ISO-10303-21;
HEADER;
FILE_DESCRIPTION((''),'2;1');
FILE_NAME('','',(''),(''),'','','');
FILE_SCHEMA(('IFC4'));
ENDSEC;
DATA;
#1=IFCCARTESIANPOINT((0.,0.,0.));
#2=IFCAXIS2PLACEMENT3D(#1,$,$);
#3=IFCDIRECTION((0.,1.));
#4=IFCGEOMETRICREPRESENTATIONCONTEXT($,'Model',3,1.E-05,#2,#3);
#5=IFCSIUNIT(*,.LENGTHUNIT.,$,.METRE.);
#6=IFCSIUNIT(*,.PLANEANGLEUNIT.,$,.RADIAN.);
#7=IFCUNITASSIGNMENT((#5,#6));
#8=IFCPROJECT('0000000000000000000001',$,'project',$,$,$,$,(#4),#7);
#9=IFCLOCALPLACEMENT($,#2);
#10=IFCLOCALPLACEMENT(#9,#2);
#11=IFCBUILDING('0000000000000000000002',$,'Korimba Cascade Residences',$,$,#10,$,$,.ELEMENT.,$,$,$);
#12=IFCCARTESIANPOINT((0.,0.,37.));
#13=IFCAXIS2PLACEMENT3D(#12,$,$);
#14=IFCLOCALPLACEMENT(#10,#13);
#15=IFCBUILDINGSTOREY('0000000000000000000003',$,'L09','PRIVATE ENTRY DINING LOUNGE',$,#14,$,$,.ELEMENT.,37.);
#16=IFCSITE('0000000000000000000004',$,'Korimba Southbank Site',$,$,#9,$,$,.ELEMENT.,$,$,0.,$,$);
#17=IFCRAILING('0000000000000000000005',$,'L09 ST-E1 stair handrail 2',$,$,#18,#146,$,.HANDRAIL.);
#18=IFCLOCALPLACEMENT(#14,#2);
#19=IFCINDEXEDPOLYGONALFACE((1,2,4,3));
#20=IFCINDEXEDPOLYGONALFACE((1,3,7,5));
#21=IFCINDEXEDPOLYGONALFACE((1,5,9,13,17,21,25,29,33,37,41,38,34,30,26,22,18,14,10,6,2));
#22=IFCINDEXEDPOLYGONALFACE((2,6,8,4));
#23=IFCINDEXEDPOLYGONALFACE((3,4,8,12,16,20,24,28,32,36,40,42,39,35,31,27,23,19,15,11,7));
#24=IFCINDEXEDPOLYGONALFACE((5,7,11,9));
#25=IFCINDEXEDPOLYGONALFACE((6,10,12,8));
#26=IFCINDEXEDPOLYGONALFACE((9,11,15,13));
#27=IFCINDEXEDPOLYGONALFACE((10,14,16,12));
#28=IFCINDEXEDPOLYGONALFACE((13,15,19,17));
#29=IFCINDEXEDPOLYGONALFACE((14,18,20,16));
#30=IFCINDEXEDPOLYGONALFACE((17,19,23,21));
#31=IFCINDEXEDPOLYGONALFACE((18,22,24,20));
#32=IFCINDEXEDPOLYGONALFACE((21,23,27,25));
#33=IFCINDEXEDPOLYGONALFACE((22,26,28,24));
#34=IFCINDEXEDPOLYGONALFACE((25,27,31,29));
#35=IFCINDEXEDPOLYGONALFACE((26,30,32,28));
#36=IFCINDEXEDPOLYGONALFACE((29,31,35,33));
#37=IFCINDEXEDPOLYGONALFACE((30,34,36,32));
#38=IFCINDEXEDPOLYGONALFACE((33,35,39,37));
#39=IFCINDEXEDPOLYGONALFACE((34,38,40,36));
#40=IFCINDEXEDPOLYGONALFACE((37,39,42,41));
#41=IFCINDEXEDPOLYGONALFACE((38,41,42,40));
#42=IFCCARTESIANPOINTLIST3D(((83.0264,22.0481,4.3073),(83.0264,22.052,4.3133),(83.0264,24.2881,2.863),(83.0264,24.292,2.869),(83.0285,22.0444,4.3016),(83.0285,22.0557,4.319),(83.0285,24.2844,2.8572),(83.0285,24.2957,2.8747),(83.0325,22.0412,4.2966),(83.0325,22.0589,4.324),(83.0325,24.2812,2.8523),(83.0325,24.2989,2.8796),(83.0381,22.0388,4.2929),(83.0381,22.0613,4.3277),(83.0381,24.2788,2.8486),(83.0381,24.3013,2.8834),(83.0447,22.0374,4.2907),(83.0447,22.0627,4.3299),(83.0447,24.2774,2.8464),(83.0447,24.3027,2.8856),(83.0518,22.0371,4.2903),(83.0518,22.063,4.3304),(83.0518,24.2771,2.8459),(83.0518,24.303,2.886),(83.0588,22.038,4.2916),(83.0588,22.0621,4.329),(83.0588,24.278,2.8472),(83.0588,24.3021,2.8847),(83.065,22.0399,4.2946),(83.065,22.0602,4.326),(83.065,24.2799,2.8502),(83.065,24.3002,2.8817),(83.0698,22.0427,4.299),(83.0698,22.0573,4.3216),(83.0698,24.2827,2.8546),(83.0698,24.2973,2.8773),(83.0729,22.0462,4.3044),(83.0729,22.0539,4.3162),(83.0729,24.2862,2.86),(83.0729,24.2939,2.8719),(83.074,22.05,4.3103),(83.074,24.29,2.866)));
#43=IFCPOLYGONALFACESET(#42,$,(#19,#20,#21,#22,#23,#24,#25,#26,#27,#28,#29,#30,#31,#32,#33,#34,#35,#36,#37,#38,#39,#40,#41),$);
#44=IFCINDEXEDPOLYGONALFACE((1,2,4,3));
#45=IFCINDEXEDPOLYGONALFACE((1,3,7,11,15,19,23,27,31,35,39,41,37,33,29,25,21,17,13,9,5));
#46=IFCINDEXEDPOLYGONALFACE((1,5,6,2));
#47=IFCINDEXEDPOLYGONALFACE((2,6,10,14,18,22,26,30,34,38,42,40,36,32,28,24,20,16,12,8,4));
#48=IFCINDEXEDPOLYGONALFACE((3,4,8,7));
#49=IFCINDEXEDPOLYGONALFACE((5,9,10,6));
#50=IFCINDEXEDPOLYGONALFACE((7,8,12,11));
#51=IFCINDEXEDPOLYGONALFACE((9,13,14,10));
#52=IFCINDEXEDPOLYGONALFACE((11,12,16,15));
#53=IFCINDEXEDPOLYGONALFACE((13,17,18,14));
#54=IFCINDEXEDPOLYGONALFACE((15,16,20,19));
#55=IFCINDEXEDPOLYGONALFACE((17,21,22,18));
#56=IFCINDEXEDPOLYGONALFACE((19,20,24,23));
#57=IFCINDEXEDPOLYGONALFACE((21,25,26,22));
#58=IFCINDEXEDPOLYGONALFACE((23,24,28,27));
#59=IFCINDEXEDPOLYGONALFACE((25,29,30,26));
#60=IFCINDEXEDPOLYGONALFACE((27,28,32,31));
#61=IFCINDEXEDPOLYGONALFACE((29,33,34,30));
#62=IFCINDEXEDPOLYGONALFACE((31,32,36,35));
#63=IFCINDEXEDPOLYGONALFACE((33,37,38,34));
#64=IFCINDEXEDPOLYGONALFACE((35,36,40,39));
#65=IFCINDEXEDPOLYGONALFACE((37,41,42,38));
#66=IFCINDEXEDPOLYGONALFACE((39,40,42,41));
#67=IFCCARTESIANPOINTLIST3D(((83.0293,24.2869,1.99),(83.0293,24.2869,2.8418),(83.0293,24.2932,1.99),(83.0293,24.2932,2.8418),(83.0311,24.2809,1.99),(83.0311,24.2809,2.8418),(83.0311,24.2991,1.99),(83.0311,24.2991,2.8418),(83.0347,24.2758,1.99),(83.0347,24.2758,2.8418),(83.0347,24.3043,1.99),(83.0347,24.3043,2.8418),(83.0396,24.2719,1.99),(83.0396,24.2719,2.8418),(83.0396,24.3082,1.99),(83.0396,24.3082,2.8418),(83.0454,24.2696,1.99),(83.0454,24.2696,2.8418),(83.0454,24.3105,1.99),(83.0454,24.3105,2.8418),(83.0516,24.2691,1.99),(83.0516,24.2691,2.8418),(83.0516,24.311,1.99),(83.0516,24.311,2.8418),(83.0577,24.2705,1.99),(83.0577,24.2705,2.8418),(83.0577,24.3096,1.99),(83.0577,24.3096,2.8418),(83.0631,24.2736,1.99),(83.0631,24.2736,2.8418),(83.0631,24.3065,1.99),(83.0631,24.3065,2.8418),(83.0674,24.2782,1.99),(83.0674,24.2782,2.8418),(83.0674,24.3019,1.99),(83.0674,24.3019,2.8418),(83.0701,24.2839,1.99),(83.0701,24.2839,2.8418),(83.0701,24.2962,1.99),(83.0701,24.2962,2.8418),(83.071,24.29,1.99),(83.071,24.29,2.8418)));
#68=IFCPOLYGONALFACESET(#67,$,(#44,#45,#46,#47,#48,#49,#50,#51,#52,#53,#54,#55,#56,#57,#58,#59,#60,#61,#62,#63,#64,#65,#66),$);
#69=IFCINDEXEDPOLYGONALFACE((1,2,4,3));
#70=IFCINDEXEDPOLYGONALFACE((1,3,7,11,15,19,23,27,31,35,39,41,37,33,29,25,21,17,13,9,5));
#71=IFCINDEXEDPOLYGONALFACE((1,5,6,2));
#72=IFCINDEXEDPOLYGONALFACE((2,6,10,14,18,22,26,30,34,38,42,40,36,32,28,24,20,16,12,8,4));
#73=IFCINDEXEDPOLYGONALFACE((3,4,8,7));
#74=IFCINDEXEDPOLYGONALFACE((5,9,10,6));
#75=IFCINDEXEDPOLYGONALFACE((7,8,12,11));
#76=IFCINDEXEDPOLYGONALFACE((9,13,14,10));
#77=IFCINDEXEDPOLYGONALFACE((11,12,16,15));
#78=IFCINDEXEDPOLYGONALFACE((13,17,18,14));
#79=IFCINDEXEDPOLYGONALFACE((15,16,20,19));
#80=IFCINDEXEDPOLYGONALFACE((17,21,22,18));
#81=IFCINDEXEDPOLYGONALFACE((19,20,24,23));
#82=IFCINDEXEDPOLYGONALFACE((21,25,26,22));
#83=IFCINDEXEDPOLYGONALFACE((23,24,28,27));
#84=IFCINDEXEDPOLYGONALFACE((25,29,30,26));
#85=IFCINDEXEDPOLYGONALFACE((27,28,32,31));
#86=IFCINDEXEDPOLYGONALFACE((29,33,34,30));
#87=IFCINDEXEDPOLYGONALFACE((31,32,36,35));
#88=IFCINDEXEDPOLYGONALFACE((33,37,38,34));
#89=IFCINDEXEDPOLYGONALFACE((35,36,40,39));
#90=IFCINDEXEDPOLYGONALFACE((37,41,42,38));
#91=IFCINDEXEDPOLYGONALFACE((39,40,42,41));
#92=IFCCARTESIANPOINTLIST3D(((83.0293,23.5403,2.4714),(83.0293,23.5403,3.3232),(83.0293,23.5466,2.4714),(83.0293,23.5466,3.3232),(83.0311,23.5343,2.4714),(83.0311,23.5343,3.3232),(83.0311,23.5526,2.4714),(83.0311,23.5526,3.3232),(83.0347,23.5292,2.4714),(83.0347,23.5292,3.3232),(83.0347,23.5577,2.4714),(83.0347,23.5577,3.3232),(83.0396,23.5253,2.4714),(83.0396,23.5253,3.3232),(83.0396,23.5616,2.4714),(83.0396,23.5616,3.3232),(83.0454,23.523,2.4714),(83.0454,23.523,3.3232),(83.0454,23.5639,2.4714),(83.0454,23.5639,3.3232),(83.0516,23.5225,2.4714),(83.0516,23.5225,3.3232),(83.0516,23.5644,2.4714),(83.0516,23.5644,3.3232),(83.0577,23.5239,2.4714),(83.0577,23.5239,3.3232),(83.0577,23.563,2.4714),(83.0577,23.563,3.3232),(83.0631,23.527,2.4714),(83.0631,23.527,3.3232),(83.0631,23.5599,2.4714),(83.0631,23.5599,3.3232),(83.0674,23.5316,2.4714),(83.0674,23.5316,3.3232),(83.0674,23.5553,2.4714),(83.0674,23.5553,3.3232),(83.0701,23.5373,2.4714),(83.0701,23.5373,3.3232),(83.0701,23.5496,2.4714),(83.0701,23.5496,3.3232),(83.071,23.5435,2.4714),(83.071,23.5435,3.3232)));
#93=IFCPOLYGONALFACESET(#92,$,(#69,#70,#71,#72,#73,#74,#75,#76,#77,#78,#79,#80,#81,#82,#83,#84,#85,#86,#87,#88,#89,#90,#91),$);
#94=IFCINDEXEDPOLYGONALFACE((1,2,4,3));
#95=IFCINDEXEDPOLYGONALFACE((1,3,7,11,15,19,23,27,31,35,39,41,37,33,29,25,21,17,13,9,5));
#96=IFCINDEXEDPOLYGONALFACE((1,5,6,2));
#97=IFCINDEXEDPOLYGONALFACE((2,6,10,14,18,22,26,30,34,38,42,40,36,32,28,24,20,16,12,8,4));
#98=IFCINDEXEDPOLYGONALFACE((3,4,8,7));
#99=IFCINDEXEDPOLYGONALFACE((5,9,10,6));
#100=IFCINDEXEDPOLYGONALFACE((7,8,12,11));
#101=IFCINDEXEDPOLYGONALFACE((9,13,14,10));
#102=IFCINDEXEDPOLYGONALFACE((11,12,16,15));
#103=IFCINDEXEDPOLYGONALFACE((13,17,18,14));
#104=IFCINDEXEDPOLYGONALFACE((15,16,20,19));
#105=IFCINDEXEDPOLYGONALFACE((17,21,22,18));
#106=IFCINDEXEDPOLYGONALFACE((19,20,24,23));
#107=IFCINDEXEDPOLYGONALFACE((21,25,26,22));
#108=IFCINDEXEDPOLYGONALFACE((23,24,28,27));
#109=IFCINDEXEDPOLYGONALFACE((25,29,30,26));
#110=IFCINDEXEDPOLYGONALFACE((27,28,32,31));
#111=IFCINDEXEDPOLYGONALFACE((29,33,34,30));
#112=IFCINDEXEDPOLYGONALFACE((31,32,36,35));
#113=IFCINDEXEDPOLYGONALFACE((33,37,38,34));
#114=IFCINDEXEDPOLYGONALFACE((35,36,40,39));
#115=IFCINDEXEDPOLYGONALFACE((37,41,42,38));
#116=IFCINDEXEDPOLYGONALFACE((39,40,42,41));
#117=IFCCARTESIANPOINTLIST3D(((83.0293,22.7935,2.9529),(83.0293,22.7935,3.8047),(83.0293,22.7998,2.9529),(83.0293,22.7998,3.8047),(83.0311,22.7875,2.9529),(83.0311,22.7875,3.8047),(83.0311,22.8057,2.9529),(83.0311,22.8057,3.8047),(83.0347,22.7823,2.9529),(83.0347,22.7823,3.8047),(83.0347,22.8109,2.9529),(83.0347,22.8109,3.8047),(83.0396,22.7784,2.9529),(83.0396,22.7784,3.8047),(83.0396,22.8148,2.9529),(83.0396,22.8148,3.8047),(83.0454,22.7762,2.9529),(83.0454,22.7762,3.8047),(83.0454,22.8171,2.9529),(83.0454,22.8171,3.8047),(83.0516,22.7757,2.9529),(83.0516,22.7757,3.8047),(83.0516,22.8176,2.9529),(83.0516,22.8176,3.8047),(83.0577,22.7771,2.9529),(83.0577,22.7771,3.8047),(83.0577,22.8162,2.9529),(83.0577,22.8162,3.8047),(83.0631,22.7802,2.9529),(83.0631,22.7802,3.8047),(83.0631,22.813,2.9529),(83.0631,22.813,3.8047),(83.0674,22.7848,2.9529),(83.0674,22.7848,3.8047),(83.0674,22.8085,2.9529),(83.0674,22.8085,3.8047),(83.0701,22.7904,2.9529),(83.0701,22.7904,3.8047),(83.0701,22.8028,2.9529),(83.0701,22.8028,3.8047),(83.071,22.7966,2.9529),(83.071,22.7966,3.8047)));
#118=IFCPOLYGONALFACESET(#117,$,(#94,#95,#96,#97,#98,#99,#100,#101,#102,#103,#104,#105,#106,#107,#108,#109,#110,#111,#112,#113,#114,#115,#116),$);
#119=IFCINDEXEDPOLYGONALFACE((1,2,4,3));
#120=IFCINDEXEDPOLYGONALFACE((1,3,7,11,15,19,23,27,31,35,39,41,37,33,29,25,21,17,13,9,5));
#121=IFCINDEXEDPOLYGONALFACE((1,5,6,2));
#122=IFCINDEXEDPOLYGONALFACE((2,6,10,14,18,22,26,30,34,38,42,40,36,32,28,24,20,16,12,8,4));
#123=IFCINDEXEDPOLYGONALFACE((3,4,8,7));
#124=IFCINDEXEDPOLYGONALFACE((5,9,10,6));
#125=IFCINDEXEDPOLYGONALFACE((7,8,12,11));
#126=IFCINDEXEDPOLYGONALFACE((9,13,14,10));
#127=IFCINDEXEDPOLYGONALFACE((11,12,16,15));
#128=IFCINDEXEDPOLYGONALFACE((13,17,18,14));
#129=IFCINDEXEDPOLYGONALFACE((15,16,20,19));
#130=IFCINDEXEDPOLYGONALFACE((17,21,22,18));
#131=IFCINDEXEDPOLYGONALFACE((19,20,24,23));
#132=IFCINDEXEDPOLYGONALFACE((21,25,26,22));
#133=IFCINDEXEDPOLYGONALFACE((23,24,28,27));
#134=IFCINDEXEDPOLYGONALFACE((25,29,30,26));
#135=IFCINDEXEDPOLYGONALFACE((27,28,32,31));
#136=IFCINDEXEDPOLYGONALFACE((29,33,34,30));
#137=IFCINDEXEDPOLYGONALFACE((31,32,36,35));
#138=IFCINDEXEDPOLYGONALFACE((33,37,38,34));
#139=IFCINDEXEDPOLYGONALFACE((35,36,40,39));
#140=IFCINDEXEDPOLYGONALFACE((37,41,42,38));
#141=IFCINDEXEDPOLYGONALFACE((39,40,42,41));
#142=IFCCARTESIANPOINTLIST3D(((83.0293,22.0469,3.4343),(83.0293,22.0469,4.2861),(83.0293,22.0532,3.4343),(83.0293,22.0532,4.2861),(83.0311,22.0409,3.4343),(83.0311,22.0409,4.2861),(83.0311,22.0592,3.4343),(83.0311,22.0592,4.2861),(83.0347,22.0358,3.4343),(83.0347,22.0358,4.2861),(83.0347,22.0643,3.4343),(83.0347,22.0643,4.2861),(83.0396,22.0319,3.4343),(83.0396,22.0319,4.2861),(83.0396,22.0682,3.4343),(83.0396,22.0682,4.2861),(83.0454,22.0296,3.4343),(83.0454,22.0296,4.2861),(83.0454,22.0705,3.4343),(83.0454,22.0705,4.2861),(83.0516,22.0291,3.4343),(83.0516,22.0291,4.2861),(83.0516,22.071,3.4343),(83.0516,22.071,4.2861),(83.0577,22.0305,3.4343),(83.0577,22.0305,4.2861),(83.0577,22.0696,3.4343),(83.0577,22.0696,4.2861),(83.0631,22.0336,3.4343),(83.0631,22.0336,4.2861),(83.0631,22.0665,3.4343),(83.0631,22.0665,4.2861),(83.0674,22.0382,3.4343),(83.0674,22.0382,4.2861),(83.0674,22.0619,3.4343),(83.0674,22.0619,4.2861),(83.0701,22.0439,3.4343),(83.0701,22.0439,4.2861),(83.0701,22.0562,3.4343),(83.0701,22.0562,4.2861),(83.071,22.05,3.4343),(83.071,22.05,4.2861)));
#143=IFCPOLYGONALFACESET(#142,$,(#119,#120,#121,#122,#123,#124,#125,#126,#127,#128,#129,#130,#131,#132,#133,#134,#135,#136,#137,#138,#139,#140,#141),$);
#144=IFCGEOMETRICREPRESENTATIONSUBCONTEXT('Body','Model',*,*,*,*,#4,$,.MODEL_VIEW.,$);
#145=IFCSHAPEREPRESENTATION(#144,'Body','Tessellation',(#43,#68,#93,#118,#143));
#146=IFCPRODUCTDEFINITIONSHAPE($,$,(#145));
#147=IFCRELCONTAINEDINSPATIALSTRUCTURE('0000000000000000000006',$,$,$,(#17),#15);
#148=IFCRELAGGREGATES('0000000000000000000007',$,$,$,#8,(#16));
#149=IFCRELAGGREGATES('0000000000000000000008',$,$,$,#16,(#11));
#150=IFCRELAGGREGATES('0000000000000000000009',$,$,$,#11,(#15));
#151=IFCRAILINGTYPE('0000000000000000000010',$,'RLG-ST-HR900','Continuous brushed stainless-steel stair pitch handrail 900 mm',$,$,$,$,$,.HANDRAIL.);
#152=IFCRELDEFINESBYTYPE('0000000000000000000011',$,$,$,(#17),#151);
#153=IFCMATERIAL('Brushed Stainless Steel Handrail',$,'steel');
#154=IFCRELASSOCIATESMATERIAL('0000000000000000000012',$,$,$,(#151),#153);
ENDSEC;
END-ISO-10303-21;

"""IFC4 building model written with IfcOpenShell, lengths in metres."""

from ifc_helpers import new_model, si_unit, direction, frame, origin, origin_2d, place, context, subcontext, project, spatial, circle, extrude, material, type_object, element, save


model = new_model("IFC4")

# Units and contexts
model_context = context("Model", 3, precision=1e-05, world=origin(), true_north=direction((0.0, 1.0)))
body_context = subcontext(model_context, "Body", "Model", "MODEL_VIEW")
ifc_project = project(units=[si_unit("LENGTHUNIT", "METRE"), si_unit("PLANEANGLEUNIT", "RADIAN")], contexts=[model_context])

# Site, building, storey
site_placement = place(None, origin())
site = spatial("IfcSite", under=ifc_project, at=site_placement, Name="Korimba Southbank Site", CompositionType="ELEMENT", RefElevation=0.0)
building_placement = place(site_placement, origin())
building = spatial("IfcBuilding", under=site, at=building_placement, Name="Korimba Cascade Residences", CompositionType="ELEMENT")
storey_placement = place(building_placement, frame((0.0, 0.0, 37.0)))
storey = spatial("IfcBuildingStorey", under=building, at=storey_placement, Name="L09", Description="PRIVATE ENTRY DINING LOUNGE", CompositionType="ELEMENT", Elevation=37.0)

# Railing
ifc_material_1 = material(Name="Brushed Stainless Steel Handrail", Category="steel")
railing_type_1 = type_object("IfcRailingType", Name="RLG-ST-HR900", Description="Continuous brushed stainless-steel stair pitch handrail 900 mm", PredefinedType="HANDRAIL", material=ifc_material_1)
railing_1_placement = place(storey_placement, frame((83.05, 24.29, 1.99)))
element("IfcRailing", 1, at=railing_1_placement, inside=storey, type_object=railing_type_1, Name="L09 ST-E1 stair handrail 2", PredefinedType="HANDRAIL", context=body_context, shape_type="SweptSolid", body=[
    extrude(circle(Radius=0.0239, at=origin_2d()), frame((0.0, 0.0, 0.876), z_axis=(0.0, -0.840437, 0.54191), x_axis=(1.0, 0.0, 0.0)), (0.0, 0.0, 1.0), 2.6653),
    extrude(circle(Radius=0.021, at=origin_2d()), origin(), (0.0, 0.0, 1.0), 0.8518),
    extrude(circle(Radius=0.021, at=origin_2d()), frame((0.0, -0.7466, 0.4814)), (0.0, 0.0, 1.0), 0.8518),
    extrude(circle(Radius=0.021, at=origin_2d()), frame((0.0, -1.4934, 0.9629)), (0.0, 0.0, 1.0), 0.8518),
    extrude(circle(Radius=0.021, at=origin_2d()), frame((0.0, -2.24, 1.4443)), (0.0, 0.0, 1.0), 0.8518),
])

save(model, "model.ifc")
